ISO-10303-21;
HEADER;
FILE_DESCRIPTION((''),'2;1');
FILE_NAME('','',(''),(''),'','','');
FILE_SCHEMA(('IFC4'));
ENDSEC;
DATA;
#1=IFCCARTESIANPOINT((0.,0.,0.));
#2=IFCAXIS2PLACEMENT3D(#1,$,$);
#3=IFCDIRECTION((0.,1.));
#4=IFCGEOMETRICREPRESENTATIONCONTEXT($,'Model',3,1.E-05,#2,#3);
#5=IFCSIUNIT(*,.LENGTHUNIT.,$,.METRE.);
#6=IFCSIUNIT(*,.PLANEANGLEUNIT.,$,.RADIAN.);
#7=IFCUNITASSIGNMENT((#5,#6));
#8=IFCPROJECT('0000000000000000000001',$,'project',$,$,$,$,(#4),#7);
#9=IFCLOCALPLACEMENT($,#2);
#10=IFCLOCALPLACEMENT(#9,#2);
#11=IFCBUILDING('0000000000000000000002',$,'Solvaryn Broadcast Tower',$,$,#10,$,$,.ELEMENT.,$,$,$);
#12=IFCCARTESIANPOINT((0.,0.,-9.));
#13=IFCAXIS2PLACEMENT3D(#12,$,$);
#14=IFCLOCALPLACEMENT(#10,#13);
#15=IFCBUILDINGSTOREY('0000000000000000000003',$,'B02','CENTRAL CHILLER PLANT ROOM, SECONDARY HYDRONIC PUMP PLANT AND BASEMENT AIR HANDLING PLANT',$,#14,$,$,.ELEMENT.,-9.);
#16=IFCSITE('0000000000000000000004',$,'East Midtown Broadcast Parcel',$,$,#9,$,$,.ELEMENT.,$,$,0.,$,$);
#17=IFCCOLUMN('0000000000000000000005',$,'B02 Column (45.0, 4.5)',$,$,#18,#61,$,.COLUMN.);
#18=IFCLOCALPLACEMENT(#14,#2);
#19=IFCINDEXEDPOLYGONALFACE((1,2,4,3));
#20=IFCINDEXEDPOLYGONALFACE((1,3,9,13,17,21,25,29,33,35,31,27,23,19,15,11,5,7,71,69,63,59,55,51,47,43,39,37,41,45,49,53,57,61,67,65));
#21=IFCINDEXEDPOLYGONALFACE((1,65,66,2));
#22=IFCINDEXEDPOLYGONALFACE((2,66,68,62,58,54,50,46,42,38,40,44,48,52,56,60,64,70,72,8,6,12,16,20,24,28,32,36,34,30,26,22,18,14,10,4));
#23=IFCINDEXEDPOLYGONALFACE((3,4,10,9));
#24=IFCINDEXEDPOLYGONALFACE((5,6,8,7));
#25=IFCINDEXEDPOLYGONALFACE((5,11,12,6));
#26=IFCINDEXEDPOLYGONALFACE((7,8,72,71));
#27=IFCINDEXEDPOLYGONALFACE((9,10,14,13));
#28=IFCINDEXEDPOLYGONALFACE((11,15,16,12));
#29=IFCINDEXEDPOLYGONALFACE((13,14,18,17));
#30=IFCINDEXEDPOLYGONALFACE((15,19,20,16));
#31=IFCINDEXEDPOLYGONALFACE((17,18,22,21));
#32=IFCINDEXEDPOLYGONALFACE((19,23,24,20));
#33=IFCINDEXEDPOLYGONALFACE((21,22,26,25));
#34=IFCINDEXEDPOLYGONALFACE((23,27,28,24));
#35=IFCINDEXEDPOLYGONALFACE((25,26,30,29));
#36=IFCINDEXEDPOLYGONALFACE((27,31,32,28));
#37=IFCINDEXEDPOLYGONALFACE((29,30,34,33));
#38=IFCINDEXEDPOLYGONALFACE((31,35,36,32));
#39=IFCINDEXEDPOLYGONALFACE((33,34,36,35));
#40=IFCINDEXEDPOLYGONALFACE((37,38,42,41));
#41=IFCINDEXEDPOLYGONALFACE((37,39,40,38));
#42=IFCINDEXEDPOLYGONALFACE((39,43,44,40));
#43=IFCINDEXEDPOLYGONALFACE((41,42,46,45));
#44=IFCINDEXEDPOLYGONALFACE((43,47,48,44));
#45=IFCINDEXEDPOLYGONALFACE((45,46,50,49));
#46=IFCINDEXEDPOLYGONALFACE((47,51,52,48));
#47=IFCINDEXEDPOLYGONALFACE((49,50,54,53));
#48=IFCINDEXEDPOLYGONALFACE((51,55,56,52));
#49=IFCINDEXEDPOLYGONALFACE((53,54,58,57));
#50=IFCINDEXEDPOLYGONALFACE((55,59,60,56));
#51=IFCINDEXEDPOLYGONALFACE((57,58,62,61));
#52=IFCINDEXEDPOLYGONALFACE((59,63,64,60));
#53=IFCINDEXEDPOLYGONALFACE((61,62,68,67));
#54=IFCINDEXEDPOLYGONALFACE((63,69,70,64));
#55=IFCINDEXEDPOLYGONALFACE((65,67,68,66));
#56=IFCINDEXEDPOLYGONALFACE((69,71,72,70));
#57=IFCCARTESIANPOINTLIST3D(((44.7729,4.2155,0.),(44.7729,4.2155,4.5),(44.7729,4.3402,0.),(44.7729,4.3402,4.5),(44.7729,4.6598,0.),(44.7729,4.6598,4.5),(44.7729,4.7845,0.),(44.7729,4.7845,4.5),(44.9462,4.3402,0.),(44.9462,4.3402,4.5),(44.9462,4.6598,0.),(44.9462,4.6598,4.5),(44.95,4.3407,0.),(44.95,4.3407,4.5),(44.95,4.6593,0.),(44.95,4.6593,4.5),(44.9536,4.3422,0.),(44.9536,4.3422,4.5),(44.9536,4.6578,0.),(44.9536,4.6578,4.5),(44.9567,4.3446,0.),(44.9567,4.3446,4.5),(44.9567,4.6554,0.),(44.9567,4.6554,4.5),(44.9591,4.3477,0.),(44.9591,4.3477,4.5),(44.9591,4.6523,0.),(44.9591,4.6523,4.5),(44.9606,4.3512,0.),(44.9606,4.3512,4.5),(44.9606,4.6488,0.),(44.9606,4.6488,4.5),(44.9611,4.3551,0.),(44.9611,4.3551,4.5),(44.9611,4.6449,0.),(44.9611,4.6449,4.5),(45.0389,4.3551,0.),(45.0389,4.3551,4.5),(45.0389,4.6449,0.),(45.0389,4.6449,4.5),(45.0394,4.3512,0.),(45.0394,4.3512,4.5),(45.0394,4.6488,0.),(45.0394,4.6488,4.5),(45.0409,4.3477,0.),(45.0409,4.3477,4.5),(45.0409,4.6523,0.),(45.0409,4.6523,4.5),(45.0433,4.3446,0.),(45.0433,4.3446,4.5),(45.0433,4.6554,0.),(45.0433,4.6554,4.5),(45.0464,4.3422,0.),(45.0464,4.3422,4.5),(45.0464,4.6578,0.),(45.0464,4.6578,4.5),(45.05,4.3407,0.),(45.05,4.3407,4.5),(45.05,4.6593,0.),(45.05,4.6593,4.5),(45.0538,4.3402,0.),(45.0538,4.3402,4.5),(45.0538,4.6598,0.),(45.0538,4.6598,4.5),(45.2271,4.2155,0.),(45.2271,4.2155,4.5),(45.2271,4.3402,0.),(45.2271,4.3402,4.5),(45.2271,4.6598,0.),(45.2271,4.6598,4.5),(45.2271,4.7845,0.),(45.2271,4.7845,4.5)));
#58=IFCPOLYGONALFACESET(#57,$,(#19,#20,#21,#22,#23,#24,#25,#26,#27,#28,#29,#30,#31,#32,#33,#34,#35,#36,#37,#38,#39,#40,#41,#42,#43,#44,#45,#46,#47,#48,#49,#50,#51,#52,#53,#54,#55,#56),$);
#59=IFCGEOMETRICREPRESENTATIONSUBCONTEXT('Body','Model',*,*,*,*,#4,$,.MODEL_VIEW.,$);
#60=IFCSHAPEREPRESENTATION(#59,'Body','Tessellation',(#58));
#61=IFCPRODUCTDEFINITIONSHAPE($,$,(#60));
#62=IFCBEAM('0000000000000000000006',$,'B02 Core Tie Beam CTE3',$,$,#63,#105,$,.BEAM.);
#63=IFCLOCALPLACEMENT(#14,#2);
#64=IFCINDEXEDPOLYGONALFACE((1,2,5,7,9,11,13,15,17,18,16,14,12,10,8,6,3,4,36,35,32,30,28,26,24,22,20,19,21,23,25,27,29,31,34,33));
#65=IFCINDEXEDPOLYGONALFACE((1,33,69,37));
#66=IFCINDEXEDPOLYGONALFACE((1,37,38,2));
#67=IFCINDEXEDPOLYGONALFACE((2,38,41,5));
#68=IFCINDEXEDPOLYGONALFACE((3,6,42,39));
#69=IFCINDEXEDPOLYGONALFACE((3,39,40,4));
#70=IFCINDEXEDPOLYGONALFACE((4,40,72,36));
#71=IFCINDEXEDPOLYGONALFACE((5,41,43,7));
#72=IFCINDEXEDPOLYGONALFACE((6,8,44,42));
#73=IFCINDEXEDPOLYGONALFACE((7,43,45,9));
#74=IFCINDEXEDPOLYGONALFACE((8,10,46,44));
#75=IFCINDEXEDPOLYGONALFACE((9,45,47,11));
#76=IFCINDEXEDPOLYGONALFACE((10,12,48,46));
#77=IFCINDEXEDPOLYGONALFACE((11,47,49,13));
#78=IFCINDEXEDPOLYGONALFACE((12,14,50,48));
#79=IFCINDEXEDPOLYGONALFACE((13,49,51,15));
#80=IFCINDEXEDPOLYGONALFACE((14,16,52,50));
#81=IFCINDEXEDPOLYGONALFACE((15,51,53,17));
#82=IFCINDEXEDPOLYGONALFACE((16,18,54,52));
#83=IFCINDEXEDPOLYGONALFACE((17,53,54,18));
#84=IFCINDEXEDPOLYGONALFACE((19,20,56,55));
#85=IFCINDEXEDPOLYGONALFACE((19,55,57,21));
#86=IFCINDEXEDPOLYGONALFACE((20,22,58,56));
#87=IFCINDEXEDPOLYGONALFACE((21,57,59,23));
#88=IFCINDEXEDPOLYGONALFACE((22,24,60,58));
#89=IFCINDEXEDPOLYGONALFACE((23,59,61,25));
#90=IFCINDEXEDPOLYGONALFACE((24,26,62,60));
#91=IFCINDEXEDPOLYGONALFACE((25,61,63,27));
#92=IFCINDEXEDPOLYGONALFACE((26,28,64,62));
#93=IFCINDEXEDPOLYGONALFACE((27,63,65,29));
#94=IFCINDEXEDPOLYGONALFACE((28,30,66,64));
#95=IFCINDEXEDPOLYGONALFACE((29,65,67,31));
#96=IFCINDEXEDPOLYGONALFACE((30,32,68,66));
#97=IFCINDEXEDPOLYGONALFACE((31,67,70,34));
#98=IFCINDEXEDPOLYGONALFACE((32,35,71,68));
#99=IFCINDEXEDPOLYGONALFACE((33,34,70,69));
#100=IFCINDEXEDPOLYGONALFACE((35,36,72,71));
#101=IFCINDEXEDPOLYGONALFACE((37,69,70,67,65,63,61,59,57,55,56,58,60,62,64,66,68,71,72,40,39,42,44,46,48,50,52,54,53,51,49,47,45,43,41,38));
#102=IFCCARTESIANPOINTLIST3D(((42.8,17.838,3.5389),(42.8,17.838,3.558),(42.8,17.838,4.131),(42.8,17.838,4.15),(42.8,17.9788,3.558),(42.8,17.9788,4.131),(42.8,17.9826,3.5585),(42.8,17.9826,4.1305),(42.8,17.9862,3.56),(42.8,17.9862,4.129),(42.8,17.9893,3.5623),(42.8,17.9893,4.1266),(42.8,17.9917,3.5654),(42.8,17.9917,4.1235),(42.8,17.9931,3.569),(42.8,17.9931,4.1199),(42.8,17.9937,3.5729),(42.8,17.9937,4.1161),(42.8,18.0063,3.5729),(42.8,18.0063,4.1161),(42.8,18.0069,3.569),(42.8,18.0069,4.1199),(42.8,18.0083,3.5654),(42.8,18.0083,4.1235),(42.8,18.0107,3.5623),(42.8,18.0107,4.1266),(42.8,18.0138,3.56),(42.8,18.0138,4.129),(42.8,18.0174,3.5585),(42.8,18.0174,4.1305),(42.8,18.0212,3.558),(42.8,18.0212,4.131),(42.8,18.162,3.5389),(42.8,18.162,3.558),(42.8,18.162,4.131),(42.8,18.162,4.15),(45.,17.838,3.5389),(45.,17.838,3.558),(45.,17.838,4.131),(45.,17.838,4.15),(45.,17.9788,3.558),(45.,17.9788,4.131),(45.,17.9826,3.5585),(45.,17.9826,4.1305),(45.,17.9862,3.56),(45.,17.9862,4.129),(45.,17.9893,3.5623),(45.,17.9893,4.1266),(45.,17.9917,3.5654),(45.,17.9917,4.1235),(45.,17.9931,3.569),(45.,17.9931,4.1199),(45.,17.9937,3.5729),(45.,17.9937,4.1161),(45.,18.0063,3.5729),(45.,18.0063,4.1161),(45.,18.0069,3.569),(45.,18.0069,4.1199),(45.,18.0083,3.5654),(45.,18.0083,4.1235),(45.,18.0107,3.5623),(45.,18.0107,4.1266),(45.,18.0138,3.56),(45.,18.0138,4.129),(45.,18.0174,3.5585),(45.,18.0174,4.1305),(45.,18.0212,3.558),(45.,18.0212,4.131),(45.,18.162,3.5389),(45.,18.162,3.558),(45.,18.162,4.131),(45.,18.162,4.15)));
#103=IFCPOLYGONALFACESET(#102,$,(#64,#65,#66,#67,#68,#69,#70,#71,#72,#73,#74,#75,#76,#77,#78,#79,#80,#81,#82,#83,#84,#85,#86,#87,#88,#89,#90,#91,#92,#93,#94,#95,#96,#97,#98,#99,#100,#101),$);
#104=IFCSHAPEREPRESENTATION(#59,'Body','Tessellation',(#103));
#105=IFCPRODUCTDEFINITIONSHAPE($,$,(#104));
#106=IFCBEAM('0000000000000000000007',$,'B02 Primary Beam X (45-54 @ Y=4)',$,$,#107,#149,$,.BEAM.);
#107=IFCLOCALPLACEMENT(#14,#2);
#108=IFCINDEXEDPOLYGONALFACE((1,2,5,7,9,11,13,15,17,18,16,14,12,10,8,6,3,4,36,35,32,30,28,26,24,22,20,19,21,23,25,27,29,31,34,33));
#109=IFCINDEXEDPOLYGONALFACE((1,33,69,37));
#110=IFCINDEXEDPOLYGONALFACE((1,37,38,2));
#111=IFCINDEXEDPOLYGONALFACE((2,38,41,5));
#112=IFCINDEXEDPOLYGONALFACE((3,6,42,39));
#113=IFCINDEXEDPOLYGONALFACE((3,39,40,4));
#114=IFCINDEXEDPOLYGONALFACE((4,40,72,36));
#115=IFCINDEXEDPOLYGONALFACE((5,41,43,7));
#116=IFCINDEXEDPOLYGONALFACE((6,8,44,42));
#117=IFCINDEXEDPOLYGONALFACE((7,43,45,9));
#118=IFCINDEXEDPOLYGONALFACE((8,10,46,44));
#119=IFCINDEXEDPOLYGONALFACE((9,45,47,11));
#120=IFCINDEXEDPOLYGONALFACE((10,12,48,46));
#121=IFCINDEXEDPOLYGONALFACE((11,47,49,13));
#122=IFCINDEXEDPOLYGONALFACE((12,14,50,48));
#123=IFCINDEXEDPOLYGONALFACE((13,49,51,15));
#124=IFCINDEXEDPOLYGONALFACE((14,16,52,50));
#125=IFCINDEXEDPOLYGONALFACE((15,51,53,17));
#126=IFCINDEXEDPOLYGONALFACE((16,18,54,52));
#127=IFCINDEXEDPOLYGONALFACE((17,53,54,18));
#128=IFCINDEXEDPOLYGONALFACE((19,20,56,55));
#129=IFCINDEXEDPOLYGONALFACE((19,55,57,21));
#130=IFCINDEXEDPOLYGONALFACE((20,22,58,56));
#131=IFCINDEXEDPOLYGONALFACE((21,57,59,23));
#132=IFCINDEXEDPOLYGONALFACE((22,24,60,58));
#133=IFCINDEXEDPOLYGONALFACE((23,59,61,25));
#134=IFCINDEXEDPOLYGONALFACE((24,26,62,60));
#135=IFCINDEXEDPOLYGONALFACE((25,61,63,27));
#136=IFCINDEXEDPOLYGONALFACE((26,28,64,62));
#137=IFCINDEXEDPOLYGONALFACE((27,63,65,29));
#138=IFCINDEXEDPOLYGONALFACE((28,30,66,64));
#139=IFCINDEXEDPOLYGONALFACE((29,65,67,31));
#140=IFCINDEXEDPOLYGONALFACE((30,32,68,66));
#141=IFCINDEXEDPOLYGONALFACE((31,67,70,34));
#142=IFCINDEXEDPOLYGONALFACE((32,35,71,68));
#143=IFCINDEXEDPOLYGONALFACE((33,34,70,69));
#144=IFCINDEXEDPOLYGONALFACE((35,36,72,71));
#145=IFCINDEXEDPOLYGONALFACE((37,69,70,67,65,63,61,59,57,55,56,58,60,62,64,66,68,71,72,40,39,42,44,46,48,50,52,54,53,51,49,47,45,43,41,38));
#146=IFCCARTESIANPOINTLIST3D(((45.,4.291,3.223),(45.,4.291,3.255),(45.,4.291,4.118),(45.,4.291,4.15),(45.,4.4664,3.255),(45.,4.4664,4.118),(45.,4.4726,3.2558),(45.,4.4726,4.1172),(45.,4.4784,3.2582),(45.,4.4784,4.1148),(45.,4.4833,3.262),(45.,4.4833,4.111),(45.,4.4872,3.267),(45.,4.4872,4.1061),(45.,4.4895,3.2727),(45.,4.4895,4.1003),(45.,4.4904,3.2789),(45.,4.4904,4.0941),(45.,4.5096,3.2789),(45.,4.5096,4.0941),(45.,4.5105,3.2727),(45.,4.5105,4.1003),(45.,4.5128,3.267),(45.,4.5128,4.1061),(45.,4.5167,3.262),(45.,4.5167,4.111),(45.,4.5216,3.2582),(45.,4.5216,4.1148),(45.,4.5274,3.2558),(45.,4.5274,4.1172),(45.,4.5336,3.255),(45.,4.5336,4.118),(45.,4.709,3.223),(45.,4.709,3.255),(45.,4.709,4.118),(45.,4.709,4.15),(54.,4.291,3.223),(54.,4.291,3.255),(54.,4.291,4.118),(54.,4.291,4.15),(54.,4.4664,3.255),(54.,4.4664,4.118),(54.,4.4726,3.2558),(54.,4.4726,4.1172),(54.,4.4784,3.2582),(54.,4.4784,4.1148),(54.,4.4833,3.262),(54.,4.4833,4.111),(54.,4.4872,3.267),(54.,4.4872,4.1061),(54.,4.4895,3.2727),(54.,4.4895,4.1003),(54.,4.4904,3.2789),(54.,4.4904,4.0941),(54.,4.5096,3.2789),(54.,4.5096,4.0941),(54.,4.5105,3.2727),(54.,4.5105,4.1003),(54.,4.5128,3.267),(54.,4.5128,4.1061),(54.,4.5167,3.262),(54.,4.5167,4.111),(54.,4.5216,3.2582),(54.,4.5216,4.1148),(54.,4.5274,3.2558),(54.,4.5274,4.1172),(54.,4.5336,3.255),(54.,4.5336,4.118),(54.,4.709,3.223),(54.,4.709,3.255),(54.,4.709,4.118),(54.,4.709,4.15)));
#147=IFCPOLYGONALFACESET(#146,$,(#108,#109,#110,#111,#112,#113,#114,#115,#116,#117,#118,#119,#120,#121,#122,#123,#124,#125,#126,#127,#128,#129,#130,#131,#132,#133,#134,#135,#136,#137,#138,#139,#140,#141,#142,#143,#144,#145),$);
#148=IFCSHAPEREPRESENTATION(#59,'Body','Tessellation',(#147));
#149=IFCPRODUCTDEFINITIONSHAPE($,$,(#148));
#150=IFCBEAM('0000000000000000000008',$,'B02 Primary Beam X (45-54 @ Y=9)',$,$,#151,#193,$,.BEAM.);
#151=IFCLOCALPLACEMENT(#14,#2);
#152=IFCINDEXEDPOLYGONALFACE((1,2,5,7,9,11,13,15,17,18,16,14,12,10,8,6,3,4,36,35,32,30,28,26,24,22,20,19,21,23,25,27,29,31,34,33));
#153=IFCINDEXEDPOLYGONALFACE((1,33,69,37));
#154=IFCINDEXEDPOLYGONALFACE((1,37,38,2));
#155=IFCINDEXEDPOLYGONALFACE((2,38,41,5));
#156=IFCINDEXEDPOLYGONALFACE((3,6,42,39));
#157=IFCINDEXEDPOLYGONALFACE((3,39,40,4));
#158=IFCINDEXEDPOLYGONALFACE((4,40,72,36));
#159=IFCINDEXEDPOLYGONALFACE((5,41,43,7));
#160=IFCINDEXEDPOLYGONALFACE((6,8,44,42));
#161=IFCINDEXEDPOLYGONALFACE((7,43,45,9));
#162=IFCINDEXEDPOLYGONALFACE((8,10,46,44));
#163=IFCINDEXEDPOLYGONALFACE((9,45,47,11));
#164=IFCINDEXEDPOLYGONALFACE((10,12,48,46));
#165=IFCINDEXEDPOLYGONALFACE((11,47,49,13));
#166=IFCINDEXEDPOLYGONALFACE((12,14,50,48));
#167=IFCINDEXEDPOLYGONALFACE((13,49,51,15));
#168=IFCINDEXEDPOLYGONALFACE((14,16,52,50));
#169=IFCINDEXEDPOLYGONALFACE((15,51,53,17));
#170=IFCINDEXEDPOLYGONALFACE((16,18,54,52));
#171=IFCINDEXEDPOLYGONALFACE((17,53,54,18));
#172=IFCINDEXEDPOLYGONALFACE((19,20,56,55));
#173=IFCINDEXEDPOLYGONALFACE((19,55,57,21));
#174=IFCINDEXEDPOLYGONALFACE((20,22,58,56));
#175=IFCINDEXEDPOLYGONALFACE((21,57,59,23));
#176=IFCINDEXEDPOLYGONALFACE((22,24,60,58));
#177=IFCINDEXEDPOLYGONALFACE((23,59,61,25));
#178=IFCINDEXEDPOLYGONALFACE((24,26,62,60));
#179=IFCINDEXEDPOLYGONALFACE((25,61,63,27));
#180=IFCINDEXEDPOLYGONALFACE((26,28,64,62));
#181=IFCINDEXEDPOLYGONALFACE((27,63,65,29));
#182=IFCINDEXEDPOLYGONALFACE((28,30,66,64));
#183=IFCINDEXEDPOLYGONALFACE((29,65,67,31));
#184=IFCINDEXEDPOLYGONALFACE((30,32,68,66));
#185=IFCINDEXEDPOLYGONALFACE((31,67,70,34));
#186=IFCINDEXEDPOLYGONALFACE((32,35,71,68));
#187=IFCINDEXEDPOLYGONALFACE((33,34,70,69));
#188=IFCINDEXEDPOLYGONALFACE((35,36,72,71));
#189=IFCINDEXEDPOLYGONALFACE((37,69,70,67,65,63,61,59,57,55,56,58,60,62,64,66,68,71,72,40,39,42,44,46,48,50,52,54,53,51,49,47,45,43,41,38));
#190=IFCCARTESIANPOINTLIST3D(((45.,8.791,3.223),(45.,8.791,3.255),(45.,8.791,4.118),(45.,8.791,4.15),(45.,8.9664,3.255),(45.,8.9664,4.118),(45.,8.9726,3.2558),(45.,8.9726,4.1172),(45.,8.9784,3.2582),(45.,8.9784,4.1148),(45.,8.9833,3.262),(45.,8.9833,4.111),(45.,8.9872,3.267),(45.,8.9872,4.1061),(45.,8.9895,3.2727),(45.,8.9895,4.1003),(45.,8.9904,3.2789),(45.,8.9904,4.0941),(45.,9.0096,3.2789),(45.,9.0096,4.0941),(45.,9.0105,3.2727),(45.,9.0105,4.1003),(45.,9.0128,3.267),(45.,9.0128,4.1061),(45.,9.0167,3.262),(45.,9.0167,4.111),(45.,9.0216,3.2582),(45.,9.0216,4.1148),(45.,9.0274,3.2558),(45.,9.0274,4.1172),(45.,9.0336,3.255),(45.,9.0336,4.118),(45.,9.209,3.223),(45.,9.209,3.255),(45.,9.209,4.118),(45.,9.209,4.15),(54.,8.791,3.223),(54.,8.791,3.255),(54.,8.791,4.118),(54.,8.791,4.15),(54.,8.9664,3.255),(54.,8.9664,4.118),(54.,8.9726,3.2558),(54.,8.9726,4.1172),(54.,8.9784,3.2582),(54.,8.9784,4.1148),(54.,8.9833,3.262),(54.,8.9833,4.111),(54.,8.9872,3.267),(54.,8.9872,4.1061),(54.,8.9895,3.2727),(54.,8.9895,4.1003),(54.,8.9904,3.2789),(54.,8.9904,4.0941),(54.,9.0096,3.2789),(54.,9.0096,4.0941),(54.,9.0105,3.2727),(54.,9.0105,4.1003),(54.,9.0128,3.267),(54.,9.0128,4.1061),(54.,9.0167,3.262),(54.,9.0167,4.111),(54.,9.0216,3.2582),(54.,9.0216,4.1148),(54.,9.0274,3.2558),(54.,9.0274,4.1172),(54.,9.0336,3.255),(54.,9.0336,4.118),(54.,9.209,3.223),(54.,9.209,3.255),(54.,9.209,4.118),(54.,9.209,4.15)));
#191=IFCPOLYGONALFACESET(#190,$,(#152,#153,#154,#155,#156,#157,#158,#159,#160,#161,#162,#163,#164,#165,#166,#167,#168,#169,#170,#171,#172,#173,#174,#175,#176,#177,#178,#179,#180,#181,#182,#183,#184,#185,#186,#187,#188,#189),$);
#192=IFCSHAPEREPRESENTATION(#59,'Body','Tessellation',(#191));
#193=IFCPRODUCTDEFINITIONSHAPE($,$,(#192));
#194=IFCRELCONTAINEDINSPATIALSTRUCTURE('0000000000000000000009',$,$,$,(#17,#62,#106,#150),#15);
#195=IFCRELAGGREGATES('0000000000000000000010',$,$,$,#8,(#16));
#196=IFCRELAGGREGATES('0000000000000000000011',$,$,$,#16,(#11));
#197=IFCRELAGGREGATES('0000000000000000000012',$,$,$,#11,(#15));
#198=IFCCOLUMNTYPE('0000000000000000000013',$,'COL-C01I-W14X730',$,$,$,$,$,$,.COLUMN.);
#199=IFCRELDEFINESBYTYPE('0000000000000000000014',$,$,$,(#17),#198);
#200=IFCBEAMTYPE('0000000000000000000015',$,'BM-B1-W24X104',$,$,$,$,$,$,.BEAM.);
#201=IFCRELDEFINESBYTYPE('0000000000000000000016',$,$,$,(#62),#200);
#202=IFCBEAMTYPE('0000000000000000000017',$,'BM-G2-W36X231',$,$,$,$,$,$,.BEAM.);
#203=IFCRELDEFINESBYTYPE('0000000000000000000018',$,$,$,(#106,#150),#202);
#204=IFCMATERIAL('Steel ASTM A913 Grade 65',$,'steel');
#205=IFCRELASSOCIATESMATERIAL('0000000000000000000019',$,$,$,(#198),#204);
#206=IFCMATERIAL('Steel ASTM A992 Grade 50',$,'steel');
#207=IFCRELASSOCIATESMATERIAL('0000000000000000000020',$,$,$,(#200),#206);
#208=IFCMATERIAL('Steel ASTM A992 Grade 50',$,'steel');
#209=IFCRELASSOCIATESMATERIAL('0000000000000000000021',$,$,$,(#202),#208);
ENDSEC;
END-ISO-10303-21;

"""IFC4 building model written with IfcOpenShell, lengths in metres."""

from ifc_helpers import new_model, si_unit, direction, frame, origin, origin_2d, place, context, subcontext, project, spatial, i_section, extrude, material, material_profile, profile_set, type_object, element, save


model = new_model("IFC4")

# Units and contexts
model_context = context("Model", 3, precision=1e-05, world=origin(), true_north=direction((0.0, 1.0)))
body_context = subcontext(model_context, "Body", "Model", "MODEL_VIEW")
ifc_project = project(units=[si_unit("LENGTHUNIT", "METRE"), si_unit("PLANEANGLEUNIT", "RADIAN")], contexts=[model_context])

# Site, building, storey
site_placement = place(None, origin())
site = spatial("IfcSite", under=ifc_project, at=site_placement, Name="East Midtown Broadcast Parcel", CompositionType="ELEMENT", RefElevation=0.0)
building_placement = place(site_placement, origin())
building = spatial("IfcBuilding", under=site, at=building_placement, Name="Solvaryn Broadcast Tower", CompositionType="ELEMENT")
storey_placement = place(building_placement, frame((0.0, 0.0, -9.0)))
storey = spatial("IfcBuildingStorey", under=building, at=storey_placement, Name="B02", Description="CENTRAL CHILLER PLANT ROOM, SECONDARY HYDRONIC PUMP PLANT AND BASEMENT AIR HANDLING PLANT", CompositionType="ELEMENT", Elevation=-9.0)

# Column
ifc_material_1 = material(Name="Steel ASTM A913 Grade 65", Category="steel")
ifc_material_profile_1 = material_profile(ifc_material_1, i_section(OverallWidth=0.4541, OverallDepth=0.5691, WebThickness=0.0779, FlangeThickness=0.1248, FilletRadius=0.0149, at=origin_2d()))
ifc_profile_set_1 = profile_set([ifc_material_profile_1], Name="Steel ASTM A913 Grade 65")
column_type_1 = type_object("IfcColumnType", Name="COL-C01I-W14X730", PredefinedType="COLUMN", material=ifc_profile_set_1)
for number, where, z_axis, x_axis, name in (
    (1, (45.0, 4.5, 0.0), (0.0, 0.0, 1.0), (1.0, 0.0, 0.0), "B02 Column (45.0, 4.5)"),
):
    element("IfcColumn", number, at=place(storey_placement, frame(where, z_axis=z_axis, x_axis=x_axis)), inside=storey, type_object=column_type_1, Name=name, PredefinedType="COLUMN", context=body_context, shape_type="SweptSolid", body=[
        extrude(i_section(OverallWidth=0.4541, OverallDepth=0.5691, WebThickness=0.0779, FlangeThickness=0.1248, FilletRadius=0.0149, at=origin_2d()), origin(), (0.0, 0.0, 1.0), 4.5),
    ])

# Beams
ifc_material_2 = material(Name="Steel ASTM A992 Grade 50", Category="steel")
ifc_material_profile_2 = material_profile(ifc_material_2, i_section(OverallWidth=0.324, OverallDepth=0.6111, WebThickness=0.0127, FlangeThickness=0.019, FilletRadius=0.0149, at=origin_2d()))
ifc_profile_set_2 = profile_set([ifc_material_profile_2], Name="Steel ASTM A992 Grade 50")
beam_type_1 = type_object("IfcBeamType", Name="BM-B1-W24X104", PredefinedType="BEAM", material=ifc_profile_set_2)
beam_1_placement = place(storey_placement, frame((42.8, 18.0, 3.8445), z_axis=(1.0, 0.0, 0.0), x_axis=(0.0, 1.0, 0.0)))
element("IfcBeam", 2, at=beam_1_placement, inside=storey, type_object=beam_type_1, Name="B02 Core Tie Beam CTE3", PredefinedType="BEAM", context=body_context, shape_type="SweptSolid", body=[
    extrude(i_section(OverallWidth=0.324, OverallDepth=0.6111, WebThickness=0.0127, FlangeThickness=0.019, FilletRadius=0.0149, at=origin_2d()), origin(), (0.0, 0.0, 1.0), 2.2),
])
ifc_material_3 = material(Name="Steel ASTM A992 Grade 50", Category="steel")
ifc_material_profile_3 = material_profile(ifc_material_3, i_section(OverallWidth=0.418, OverallDepth=0.927, WebThickness=0.0193, FlangeThickness=0.032, FilletRadius=0.0239, at=origin_2d()))
ifc_profile_set_3 = profile_set([ifc_material_profile_3], Name="Steel ASTM A992 Grade 50")
beam_type_2 = type_object("IfcBeamType", Name="BM-G2-W36X231", PredefinedType="BEAM", material=ifc_profile_set_3)
for number, where, z_axis, x_axis, name in (
    (3, (45.0, 4.5, 3.6865), (1.0, 0.0, 0.0), (0.0, 1.0, 0.0), "B02 Primary Beam X (45-54 @ Y=4)"),
    (4, (45.0, 9.0, 3.6865), (1.0, 0.0, 0.0), (0.0, 1.0, 0.0), "B02 Primary Beam X (45-54 @ Y=9)"),
):
    element("IfcBeam", number, at=place(storey_placement, frame(where, z_axis=z_axis, x_axis=x_axis)), inside=storey, type_object=beam_type_2, Name=name, PredefinedType="BEAM", context=body_context, shape_type="SweptSolid", body=[
        extrude(i_section(OverallWidth=0.418, OverallDepth=0.927, WebThickness=0.0193, FlangeThickness=0.032, FilletRadius=0.0239, at=origin_2d()), origin(), (0.0, 0.0, 1.0), 9.0),
    ])

save(model, "model.ifc")
